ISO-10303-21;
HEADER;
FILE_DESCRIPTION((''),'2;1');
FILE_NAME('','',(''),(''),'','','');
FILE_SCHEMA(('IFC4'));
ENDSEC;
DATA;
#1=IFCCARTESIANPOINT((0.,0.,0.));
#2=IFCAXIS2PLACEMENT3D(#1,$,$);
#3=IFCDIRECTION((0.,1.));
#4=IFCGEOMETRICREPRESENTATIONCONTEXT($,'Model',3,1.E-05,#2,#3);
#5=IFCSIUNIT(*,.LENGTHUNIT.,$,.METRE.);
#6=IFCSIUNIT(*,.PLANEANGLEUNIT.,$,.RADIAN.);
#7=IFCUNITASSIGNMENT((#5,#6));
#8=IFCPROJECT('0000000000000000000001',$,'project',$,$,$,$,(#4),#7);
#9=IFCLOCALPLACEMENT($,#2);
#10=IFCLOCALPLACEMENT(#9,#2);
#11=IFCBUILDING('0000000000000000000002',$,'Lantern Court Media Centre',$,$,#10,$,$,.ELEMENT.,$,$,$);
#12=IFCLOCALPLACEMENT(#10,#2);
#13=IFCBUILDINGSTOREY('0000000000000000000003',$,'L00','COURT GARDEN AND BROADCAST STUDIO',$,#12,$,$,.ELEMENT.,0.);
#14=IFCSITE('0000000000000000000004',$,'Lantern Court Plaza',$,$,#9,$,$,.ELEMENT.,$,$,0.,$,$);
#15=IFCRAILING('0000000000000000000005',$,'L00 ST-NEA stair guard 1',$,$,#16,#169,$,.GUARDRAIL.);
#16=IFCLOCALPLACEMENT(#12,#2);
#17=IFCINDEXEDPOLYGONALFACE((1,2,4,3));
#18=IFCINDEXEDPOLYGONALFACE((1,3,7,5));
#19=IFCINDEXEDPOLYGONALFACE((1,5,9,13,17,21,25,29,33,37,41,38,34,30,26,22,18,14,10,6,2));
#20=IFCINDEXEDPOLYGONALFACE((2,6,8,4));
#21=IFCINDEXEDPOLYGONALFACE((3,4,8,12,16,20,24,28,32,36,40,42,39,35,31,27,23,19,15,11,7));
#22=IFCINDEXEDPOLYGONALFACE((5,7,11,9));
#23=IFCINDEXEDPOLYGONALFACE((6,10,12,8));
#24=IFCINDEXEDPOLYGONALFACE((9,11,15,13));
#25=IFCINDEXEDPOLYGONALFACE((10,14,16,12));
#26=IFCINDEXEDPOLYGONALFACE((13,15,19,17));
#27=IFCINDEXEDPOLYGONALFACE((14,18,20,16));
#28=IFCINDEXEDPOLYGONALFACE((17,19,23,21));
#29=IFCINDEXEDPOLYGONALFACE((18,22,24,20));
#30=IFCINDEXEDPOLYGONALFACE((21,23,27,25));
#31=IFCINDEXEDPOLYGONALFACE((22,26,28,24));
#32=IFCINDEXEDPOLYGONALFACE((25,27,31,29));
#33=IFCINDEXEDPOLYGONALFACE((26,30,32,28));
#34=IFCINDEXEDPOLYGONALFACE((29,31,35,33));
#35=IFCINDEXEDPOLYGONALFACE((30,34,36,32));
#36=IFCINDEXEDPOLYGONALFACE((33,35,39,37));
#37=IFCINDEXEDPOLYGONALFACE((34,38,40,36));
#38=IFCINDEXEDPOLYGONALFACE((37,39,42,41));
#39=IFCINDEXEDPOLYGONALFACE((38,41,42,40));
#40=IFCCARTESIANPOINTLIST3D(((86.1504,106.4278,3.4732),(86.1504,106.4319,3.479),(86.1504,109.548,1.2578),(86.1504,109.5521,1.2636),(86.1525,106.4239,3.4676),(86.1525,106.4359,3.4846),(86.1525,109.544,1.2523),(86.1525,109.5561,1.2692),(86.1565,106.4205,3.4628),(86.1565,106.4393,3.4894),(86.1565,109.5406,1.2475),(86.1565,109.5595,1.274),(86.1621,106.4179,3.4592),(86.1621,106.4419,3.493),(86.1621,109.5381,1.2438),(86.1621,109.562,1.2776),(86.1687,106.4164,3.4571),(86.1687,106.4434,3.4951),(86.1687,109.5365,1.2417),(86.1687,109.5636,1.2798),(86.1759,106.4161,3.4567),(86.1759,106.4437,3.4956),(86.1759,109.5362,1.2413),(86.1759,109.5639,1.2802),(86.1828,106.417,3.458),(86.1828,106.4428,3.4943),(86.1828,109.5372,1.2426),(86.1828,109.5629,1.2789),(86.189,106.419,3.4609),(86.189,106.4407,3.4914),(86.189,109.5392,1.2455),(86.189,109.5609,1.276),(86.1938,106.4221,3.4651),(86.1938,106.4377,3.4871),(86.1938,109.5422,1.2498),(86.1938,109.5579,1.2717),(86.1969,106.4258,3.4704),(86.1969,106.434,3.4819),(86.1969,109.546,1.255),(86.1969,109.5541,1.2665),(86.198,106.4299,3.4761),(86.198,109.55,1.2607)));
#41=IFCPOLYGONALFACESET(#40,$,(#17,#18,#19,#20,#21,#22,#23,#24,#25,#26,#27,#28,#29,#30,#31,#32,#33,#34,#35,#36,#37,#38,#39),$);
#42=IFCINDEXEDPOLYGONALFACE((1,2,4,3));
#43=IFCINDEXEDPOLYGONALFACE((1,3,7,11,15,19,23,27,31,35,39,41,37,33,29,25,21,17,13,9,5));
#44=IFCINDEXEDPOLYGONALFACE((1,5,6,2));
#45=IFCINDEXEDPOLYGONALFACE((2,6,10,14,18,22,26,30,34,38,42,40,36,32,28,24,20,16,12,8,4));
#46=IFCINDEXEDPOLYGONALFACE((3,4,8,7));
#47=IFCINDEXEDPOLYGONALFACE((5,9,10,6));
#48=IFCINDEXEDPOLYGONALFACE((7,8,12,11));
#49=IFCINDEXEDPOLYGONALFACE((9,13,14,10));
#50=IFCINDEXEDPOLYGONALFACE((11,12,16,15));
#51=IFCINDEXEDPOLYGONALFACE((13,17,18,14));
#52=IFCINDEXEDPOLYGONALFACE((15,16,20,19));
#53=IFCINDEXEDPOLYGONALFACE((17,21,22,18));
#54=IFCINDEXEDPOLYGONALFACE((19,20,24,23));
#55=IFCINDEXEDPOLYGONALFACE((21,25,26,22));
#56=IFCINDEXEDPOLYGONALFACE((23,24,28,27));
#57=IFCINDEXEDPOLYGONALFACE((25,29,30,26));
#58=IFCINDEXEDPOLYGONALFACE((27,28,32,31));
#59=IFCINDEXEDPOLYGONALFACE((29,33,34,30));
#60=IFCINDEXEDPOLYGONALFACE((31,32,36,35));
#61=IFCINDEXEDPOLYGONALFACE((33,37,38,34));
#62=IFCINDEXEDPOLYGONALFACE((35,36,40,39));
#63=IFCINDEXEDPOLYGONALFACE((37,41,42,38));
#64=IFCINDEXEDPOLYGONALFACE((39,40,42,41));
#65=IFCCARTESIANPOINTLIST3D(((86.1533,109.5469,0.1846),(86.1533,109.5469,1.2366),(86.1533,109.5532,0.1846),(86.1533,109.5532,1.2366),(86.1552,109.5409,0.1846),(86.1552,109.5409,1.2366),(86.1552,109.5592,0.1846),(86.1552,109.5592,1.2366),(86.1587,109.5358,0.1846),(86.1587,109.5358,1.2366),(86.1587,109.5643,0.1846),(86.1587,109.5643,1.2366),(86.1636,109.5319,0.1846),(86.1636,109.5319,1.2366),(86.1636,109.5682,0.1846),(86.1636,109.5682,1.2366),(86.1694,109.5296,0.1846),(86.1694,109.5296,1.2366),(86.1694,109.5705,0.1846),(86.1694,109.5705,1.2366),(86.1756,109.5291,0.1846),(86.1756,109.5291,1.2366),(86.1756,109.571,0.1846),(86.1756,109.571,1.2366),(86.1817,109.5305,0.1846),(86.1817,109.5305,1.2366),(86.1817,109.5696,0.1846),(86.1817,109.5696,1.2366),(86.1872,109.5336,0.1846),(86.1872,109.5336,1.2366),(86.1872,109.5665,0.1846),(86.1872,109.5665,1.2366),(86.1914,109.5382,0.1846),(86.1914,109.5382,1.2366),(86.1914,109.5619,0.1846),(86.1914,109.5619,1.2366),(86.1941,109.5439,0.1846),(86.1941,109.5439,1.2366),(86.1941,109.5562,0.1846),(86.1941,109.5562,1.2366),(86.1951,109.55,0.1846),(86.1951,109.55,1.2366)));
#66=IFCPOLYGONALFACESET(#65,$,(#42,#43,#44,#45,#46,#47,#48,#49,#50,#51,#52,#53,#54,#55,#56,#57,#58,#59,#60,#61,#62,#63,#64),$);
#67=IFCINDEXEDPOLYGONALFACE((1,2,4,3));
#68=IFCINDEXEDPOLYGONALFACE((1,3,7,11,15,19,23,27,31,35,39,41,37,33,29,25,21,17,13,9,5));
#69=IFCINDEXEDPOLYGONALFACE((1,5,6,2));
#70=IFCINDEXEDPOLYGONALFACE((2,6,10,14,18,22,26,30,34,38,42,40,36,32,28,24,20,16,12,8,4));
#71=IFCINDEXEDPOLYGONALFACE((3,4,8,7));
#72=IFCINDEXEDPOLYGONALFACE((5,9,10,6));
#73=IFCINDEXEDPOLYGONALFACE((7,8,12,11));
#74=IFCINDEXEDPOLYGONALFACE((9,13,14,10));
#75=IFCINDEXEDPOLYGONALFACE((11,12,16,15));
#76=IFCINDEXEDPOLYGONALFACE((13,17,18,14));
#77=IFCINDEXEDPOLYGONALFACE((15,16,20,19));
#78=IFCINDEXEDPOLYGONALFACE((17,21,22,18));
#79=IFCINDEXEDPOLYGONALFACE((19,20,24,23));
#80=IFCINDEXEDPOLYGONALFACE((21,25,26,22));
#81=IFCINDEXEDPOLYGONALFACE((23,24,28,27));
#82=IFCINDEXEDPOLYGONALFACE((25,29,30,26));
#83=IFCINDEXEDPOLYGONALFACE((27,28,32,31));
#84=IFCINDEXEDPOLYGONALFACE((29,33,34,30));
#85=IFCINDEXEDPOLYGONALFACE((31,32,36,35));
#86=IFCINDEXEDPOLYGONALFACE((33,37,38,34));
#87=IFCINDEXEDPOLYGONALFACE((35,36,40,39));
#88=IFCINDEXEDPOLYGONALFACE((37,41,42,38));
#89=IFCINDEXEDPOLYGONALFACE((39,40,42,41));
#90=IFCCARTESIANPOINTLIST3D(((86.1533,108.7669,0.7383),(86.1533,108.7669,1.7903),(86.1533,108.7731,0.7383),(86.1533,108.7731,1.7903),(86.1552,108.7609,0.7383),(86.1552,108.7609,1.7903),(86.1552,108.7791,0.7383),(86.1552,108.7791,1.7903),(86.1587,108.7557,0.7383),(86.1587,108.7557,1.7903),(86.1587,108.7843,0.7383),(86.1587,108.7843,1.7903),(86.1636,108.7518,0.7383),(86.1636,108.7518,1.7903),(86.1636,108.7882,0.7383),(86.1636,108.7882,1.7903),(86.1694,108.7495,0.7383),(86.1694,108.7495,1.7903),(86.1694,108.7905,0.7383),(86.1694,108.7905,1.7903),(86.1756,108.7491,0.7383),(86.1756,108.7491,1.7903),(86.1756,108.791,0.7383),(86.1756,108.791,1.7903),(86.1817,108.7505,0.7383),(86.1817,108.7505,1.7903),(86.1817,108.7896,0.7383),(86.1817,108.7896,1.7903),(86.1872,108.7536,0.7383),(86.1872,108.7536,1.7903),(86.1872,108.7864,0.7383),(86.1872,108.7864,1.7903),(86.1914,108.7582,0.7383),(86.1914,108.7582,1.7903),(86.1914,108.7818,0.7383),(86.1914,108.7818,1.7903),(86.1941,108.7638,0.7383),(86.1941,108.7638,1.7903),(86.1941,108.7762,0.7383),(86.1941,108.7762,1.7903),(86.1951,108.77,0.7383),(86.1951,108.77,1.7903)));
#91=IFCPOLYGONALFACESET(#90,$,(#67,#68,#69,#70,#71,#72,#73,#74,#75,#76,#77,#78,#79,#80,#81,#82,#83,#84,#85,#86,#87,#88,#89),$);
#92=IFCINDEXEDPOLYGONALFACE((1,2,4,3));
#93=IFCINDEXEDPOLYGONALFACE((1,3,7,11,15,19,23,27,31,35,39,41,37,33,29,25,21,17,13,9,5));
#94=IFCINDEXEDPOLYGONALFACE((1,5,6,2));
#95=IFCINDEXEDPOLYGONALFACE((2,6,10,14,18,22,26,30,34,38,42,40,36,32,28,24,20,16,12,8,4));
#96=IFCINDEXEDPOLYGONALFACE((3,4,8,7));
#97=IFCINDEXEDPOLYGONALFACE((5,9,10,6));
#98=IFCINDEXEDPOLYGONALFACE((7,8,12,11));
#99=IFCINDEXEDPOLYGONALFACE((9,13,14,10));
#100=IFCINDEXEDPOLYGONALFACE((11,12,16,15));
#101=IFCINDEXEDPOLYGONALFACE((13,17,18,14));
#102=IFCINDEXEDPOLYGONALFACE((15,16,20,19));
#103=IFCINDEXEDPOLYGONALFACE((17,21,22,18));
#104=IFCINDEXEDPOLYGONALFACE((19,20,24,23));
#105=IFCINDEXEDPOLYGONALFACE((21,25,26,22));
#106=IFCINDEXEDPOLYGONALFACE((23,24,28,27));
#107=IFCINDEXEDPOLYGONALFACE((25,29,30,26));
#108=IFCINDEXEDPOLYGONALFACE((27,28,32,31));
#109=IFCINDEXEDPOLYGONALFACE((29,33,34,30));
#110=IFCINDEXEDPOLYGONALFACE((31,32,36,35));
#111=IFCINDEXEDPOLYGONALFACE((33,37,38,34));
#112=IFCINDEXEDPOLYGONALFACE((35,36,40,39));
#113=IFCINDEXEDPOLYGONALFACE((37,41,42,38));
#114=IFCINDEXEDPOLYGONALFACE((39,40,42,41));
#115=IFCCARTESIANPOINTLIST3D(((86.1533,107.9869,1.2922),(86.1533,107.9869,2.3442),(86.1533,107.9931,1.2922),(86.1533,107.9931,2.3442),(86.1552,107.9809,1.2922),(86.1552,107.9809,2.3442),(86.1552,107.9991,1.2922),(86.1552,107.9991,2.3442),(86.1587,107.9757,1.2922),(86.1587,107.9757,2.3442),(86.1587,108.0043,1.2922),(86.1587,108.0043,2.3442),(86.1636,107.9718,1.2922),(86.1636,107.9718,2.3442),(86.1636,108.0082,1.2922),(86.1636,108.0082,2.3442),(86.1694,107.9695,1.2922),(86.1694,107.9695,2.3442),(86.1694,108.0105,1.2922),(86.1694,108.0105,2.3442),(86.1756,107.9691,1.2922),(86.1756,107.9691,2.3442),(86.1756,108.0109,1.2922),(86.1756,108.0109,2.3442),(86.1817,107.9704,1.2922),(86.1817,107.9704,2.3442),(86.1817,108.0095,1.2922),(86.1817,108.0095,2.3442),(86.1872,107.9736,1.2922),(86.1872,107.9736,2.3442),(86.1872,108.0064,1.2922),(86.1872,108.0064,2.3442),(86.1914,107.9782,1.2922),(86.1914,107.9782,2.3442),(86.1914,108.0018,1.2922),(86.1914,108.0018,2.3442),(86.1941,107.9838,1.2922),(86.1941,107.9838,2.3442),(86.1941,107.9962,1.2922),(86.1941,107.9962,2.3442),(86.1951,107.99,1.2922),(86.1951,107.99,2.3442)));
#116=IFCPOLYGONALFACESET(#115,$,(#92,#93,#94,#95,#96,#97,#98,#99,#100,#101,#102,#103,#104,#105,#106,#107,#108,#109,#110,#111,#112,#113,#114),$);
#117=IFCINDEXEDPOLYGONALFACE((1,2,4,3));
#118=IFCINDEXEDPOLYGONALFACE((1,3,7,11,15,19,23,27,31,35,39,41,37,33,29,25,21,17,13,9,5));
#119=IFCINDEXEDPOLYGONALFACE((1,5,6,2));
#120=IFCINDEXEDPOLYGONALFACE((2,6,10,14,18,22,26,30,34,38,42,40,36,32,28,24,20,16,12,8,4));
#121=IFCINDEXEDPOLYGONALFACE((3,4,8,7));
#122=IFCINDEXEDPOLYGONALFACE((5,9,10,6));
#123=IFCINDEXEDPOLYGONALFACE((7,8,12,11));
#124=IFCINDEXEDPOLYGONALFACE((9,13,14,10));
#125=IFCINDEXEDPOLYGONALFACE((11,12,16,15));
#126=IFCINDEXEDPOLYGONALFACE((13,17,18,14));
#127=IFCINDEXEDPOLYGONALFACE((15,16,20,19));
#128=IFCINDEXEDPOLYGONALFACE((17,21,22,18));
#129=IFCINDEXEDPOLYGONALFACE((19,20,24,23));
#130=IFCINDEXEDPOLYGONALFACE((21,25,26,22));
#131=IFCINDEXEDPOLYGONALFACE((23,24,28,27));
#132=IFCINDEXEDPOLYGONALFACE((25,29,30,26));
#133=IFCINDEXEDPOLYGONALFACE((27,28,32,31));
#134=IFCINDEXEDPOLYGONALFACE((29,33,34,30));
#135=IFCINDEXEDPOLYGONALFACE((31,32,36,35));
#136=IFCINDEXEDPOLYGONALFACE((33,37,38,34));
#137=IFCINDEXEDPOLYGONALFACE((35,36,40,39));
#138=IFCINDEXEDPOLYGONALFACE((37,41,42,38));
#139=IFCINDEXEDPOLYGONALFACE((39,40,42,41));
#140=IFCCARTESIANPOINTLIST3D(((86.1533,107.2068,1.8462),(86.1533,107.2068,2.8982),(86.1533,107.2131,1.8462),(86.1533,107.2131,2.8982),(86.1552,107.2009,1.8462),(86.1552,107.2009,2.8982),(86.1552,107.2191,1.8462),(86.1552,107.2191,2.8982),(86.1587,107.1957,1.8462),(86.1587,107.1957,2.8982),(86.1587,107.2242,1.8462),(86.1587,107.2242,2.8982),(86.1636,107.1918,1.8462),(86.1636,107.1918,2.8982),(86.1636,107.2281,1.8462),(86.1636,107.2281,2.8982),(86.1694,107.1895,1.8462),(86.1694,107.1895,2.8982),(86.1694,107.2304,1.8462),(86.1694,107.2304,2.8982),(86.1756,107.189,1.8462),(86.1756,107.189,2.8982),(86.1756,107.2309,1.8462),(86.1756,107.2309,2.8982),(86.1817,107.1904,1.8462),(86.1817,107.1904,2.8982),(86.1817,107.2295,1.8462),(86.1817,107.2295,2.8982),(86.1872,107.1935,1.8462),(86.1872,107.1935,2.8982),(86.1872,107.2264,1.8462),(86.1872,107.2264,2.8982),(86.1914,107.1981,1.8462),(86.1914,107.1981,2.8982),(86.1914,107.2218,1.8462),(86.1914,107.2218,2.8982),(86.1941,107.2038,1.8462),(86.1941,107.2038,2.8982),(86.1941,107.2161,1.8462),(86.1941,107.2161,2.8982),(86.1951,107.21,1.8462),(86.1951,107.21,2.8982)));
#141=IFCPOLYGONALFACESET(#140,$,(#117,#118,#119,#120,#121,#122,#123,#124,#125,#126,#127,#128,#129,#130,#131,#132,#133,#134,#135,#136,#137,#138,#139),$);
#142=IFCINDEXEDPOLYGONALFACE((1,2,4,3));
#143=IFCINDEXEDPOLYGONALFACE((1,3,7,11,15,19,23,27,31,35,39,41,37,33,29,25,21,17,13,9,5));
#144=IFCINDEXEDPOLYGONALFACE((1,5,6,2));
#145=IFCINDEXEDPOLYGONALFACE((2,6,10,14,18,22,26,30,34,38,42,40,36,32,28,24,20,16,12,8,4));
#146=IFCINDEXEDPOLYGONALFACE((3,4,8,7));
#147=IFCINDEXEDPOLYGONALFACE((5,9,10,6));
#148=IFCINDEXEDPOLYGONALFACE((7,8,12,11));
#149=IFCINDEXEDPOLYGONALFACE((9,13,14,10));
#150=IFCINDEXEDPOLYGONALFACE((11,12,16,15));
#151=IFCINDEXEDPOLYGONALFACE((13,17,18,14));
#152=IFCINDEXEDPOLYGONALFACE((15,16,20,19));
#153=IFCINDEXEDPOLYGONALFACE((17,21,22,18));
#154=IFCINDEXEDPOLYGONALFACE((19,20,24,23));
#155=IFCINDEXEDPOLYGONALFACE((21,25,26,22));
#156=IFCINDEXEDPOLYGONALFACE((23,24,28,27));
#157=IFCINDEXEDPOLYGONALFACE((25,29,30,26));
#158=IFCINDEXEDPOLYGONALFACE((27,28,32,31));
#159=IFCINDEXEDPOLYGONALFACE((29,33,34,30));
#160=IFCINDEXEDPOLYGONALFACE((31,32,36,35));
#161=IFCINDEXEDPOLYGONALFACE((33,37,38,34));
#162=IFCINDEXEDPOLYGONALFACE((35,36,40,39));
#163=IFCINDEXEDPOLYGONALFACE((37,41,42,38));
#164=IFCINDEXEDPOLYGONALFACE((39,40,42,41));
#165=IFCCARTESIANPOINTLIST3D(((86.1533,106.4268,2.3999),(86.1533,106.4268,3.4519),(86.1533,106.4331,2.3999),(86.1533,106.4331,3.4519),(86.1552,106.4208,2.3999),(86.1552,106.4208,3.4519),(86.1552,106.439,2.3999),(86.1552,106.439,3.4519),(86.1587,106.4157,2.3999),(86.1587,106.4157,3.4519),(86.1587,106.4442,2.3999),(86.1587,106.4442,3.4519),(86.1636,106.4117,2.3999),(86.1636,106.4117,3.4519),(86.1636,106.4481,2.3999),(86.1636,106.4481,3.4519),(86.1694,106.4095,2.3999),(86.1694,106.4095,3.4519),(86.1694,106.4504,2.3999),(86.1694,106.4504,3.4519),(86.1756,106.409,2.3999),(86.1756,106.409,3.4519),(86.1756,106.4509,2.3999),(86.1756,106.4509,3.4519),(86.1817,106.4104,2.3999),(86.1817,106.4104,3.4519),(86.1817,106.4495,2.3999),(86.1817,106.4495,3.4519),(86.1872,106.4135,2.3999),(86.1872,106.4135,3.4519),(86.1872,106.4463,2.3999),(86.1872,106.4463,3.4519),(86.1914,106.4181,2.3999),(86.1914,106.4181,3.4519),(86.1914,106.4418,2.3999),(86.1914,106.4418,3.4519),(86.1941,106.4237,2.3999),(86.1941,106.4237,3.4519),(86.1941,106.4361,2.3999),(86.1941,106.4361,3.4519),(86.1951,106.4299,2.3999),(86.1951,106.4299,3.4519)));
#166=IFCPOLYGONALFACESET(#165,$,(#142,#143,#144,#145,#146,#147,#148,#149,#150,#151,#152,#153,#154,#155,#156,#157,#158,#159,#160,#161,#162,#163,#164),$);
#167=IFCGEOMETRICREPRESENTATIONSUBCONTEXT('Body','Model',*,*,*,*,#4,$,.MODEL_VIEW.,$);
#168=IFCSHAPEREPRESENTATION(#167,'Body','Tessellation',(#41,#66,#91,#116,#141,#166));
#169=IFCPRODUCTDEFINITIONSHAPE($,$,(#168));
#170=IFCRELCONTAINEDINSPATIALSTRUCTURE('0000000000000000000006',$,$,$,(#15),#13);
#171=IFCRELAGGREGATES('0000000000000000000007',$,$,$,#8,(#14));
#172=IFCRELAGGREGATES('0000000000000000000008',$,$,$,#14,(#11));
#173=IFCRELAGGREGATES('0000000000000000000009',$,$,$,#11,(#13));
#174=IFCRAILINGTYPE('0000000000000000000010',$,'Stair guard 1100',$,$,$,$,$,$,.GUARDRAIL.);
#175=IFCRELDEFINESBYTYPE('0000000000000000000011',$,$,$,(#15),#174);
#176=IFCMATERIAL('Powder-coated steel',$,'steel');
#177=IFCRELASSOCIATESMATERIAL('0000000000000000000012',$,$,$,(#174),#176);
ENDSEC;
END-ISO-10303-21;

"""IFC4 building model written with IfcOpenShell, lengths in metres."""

from ifc_helpers import new_model, si_unit, direction, frame, origin, origin_2d, place, context, subcontext, project, spatial, circle, extrude, material, type_object, element, save


model = new_model("IFC4")

# Units and contexts
model_context = context("Model", 3, precision=1e-05, world=origin(), true_north=direction((0.0, 1.0)))
body_context = subcontext(model_context, "Body", "Model", "MODEL_VIEW")
ifc_project = project(units=[si_unit("LENGTHUNIT", "METRE"), si_unit("PLANEANGLEUNIT", "RADIAN")], contexts=[model_context])

# Site, building, storey
site_placement = place(None, origin())
site = spatial("IfcSite", under=ifc_project, at=site_placement, Name="Lantern Court Plaza", CompositionType="ELEMENT", RefElevation=0.0)
building_placement = place(site_placement, origin())
building = spatial("IfcBuilding", under=site, at=building_placement, Name="Lantern Court Media Centre", CompositionType="ELEMENT")
storey_placement = place(building_placement, origin())
storey = spatial("IfcBuildingStorey", under=building, at=storey_placement, Name="L00", Description="COURT GARDEN AND BROADCAST STUDIO", CompositionType="ELEMENT", Elevation=0.0)

# Railing
ifc_material_1 = material(Name="Powder-coated steel", Category="steel")
railing_type_1 = type_object("IfcRailingType", Name="Stair guard 1100", PredefinedType="GUARDRAIL", material=ifc_material_1)
railing_1_placement = place(storey_placement, frame((86.1741, 109.55, 0.1846)))
element("IfcRailing", 1, at=railing_1_placement, inside=storey, type_object=railing_type_1, Name="L00 ST-NEA stair guard 1", PredefinedType="GUARDRAIL", context=body_context, shape_type="SweptSolid", body=[
    extrude(circle(Radius=0.0239, at=origin_2d()), frame((0.0, 0.0, 1.0762), z_axis=(0.0, -0.815377, 0.57893), x_axis=(1.0, 0.0, 0.0)), (0.0, 0.0, 1.0), 3.8267),
    extrude(circle(Radius=0.021, at=origin_2d()), origin(), (0.0, 0.0, 1.0), 1.052),
    extrude(circle(Radius=0.021, at=origin_2d()), frame((0.0, -0.78, 0.5537)), (0.0, 0.0, 1.0), 1.052),
    extrude(circle(Radius=0.021, at=origin_2d()), frame((0.0, -1.5601, 1.1077)), (0.0, 0.0, 1.0), 1.052),
    extrude(circle(Radius=0.021, at=origin_2d()), frame((0.0, -2.3401, 1.6616)), (0.0, 0.0, 1.0), 1.052),
    extrude(circle(Radius=0.021, at=origin_2d()), frame((0.0, -3.1201, 2.2153)), (0.0, 0.0, 1.0), 1.052),
])

save(model, "model.ifc")
